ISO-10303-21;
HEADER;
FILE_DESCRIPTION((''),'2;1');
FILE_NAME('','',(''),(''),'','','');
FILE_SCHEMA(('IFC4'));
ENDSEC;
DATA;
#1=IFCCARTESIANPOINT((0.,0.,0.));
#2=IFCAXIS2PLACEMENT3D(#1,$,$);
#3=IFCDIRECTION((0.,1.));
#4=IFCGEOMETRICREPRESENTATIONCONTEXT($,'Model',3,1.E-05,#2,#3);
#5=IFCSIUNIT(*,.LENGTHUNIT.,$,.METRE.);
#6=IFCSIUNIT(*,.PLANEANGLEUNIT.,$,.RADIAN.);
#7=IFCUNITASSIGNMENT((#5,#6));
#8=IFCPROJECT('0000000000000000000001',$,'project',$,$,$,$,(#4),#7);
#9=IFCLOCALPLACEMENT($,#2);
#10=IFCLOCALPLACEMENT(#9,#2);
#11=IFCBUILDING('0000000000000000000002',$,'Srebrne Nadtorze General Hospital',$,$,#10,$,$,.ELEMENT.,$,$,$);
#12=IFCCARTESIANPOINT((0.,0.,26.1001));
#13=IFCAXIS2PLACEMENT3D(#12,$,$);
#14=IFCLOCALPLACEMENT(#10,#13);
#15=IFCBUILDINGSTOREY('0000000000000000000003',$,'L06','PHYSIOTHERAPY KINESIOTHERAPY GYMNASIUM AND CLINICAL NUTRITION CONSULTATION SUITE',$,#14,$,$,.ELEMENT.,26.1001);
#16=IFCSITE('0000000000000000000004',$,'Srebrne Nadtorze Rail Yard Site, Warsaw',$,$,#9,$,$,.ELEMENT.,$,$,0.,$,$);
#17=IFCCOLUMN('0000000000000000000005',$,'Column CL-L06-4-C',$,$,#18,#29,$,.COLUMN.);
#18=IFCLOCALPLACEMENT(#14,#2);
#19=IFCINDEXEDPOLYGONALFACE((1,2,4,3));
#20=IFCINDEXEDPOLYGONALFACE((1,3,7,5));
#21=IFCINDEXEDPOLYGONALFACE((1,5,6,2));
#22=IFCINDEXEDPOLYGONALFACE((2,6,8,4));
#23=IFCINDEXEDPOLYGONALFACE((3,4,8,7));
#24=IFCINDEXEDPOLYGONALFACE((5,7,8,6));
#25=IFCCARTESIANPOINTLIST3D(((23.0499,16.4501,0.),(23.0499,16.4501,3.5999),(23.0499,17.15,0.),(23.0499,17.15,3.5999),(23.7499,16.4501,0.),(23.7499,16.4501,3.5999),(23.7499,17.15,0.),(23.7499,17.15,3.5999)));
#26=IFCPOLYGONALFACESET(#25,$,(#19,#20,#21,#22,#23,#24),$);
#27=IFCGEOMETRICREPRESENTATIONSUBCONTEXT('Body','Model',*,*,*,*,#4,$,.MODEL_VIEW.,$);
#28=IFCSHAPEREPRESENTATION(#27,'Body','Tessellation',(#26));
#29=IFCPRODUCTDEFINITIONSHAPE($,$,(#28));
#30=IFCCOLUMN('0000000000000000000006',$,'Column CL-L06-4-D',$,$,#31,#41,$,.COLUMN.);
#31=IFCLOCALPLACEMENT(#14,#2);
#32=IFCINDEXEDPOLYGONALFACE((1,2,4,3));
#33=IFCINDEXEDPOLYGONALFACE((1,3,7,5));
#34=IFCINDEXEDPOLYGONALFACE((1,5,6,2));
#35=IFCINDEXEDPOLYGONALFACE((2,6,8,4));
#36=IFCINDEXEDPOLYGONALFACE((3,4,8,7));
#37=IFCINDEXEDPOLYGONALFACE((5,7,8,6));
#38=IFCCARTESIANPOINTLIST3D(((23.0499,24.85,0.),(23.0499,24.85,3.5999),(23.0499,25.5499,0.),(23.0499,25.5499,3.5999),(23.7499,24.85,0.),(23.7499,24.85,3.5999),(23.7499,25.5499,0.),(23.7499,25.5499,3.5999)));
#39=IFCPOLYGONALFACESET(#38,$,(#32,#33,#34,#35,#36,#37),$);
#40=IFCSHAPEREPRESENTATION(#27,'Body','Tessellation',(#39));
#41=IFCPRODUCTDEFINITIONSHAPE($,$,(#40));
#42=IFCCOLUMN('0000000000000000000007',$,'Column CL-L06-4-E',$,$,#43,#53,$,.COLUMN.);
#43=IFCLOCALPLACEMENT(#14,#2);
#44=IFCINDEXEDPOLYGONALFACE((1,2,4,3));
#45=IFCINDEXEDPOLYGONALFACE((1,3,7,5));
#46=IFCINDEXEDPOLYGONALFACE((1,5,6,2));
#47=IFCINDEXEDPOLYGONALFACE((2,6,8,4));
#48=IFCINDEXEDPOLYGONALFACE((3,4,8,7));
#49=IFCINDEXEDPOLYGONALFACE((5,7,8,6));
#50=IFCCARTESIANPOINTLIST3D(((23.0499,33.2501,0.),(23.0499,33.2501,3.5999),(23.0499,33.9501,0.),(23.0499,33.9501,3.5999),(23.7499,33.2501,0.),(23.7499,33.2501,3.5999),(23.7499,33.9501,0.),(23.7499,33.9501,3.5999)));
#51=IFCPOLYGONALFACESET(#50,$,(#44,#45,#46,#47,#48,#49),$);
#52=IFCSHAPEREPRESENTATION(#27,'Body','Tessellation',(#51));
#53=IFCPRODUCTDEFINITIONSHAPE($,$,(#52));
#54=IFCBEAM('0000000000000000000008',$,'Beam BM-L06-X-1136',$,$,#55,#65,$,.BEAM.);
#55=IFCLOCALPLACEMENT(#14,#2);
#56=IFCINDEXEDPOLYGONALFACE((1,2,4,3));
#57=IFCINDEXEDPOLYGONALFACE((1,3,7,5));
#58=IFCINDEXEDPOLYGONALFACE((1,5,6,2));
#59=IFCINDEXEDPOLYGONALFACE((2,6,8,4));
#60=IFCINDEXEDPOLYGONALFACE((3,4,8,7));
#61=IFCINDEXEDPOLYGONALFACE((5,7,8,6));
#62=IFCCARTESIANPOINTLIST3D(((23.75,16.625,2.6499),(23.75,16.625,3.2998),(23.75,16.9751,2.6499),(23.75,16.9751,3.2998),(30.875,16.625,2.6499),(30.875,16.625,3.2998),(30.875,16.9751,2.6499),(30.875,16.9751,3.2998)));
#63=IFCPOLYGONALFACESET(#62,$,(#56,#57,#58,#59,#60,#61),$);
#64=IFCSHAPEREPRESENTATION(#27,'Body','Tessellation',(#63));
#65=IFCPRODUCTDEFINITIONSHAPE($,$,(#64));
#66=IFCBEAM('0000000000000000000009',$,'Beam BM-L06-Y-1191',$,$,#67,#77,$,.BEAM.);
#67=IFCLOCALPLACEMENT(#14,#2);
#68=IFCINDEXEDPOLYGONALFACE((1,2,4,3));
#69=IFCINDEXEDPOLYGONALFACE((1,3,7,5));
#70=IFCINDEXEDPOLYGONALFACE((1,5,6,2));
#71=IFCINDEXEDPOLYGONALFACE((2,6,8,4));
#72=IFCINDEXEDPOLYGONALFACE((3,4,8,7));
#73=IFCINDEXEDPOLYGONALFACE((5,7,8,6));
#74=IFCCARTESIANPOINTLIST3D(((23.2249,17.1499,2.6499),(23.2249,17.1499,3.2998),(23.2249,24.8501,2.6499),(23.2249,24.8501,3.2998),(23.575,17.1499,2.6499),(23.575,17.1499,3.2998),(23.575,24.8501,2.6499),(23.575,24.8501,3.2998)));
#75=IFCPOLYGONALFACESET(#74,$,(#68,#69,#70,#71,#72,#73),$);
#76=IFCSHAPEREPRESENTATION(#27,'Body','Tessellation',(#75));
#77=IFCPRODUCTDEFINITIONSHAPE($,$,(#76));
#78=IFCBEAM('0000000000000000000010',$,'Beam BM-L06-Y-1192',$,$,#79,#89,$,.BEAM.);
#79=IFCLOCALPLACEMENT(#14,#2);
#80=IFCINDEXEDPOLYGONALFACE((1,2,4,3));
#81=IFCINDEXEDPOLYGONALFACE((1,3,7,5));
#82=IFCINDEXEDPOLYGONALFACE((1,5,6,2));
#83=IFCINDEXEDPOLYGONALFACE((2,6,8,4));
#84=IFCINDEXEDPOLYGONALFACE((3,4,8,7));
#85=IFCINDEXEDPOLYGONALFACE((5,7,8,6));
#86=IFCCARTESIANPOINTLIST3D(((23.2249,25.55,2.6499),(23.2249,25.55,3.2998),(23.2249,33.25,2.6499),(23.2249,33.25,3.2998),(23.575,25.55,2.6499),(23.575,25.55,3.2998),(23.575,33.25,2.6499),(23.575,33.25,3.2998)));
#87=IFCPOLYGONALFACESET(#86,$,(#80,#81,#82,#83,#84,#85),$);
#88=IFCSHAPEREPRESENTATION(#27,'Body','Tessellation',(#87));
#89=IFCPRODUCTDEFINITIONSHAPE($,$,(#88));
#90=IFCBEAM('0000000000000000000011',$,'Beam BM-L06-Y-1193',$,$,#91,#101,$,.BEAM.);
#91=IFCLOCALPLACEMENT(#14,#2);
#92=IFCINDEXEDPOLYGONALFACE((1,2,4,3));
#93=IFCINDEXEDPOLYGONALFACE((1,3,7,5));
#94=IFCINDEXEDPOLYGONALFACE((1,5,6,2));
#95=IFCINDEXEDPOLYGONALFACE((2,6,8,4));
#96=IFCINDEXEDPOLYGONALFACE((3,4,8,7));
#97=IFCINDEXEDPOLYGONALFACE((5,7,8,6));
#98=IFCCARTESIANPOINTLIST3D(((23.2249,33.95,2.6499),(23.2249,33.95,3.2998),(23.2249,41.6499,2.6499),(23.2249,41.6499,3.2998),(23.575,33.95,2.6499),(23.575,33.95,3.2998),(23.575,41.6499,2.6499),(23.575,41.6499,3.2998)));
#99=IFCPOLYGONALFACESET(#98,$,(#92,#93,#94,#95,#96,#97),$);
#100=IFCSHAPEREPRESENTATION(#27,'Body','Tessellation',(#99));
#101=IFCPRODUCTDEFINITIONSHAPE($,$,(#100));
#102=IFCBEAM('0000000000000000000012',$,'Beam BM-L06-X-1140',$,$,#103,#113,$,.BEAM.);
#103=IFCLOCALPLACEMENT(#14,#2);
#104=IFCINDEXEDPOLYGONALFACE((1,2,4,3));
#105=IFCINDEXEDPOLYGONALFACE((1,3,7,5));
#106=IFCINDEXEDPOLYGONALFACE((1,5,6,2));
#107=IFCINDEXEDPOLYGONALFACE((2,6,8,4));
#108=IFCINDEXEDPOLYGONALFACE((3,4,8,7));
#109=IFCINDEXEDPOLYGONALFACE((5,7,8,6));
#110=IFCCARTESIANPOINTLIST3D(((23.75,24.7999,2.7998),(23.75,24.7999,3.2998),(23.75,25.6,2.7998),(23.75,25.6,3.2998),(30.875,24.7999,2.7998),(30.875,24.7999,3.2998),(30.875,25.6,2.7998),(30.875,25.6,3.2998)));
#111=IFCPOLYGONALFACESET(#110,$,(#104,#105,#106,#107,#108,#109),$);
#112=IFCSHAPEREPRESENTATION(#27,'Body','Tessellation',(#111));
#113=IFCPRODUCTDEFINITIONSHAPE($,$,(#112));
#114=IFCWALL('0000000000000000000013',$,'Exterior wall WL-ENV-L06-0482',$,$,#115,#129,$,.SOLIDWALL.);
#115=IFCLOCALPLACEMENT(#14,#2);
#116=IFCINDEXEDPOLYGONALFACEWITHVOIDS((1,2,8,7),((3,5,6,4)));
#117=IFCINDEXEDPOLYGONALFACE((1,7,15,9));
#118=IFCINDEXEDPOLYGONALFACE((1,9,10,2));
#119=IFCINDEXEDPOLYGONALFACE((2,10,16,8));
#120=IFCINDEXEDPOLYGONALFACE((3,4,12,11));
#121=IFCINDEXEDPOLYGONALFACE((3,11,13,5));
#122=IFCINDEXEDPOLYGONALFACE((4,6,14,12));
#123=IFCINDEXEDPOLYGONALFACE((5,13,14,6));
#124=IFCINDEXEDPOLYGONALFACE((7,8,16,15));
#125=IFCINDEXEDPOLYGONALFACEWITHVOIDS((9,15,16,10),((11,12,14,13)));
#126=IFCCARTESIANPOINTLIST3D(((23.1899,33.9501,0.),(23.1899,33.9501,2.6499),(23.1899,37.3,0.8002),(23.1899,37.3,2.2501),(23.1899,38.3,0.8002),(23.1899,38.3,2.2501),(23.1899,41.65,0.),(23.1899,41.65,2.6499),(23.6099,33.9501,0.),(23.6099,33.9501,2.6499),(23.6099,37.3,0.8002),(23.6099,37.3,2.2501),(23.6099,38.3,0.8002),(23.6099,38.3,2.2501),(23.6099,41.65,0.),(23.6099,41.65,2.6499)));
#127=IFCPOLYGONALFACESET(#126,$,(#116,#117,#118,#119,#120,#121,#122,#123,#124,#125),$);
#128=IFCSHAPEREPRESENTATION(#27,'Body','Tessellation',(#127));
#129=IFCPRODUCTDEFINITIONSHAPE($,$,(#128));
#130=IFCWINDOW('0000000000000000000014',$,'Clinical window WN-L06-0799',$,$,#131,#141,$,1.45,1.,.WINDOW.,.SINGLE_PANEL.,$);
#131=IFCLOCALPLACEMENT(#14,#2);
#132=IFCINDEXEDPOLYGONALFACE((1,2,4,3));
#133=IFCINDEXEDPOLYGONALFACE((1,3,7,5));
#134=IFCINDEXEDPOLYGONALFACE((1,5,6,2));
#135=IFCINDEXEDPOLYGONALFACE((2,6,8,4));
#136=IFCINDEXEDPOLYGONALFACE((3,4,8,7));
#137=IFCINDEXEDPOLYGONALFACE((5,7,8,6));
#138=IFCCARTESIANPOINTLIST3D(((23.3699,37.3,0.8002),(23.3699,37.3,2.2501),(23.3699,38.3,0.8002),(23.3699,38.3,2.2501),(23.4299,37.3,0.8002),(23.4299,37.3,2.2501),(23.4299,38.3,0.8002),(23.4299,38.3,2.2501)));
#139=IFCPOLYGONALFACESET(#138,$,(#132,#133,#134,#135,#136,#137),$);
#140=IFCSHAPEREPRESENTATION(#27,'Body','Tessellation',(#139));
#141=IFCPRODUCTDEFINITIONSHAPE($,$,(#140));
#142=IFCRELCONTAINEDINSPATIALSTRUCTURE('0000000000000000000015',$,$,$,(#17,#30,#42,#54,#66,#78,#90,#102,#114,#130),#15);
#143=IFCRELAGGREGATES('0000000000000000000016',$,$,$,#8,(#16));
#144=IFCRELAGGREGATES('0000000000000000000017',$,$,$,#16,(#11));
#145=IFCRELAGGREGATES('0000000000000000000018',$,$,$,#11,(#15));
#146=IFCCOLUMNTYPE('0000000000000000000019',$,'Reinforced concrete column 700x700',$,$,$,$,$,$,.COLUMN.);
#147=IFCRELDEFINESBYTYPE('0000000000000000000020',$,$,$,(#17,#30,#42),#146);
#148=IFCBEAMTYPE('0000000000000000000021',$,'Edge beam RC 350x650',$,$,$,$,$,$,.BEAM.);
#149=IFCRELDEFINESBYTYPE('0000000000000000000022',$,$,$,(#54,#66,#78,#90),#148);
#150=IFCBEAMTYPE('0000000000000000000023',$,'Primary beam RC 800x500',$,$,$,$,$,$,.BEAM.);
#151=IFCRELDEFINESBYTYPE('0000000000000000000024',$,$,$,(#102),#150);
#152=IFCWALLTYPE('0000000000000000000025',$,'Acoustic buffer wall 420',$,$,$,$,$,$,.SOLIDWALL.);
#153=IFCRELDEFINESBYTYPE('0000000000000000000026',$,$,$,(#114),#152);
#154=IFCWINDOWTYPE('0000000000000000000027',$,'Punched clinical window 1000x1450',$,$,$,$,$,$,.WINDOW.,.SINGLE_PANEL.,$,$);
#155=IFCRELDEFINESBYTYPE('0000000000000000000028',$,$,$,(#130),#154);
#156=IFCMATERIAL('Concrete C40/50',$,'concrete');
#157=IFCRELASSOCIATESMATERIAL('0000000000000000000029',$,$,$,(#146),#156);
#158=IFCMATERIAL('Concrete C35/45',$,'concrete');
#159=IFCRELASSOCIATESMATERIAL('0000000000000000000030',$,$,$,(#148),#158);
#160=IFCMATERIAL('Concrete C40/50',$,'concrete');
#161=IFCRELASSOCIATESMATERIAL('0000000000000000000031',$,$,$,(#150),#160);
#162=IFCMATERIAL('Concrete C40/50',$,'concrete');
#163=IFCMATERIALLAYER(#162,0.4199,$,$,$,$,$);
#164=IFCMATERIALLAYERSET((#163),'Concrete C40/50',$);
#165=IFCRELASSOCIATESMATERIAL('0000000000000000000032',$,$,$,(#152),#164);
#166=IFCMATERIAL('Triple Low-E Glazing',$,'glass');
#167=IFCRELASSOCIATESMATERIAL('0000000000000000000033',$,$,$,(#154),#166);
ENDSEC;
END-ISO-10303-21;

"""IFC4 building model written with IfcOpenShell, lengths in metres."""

from ifc_helpers import new_model, si_unit, direction, frame, frame_2d, origin, origin_2d, place, context, subcontext, project, spatial, rectangle, extrude, material, layer, layer_set, material_profile, profile_set, type_object, element, fill, save


model = new_model("IFC4")

# Units and contexts
model_context = context("Model", 3, precision=1e-05, world=origin(), true_north=direction((0.0, 1.0)))
body_context = subcontext(model_context, "Body", "Model", "MODEL_VIEW")
ifc_project = project(units=[si_unit("LENGTHUNIT", "METRE"), si_unit("PLANEANGLEUNIT", "RADIAN")], contexts=[model_context])

# Site, building, storey
site_placement = place(None, origin())
site = spatial("IfcSite", under=ifc_project, at=site_placement, Name="Srebrne Nadtorze Rail Yard Site, Warsaw", CompositionType="ELEMENT", RefElevation=0.0)
building_placement = place(site_placement, origin())
building = spatial("IfcBuilding", under=site, at=building_placement, Name="Srebrne Nadtorze General Hospital", CompositionType="ELEMENT")
storey_placement = place(building_placement, frame((0.0, 0.0, 26.1001)))
storey = spatial("IfcBuildingStorey", under=building, at=storey_placement, Name="L06", Description="PHYSIOTHERAPY KINESIOTHERAPY GYMNASIUM AND CLINICAL NUTRITION CONSULTATION SUITE", CompositionType="ELEMENT", Elevation=26.1001)

# Columns
ifc_material_1 = material(Name="Concrete C40/50", Category="concrete")
ifc_material_profile_1 = material_profile(ifc_material_1, rectangle(XDim=0.7, YDim=0.7, at=origin_2d()), Name="RC-COL-700x700")
ifc_profile_set_1 = profile_set([ifc_material_profile_1], Name="Concrete C40/50")
column_type = type_object("IfcColumnType", Name="Reinforced concrete column 700x700", PredefinedType="COLUMN", material=ifc_profile_set_1)
for number, where, z_axis, x_axis, name in (
    (1, (23.3999, 16.8, 0.0), (0.0, 0.0, 1.0), (1.0, 0.0, 0.0), "Column CL-L06-4-C"),
    (2, (23.3999, 25.2, 0.0), (0.0, 0.0, 1.0), (1.0, 0.0, 0.0), "Column CL-L06-4-D"),
    (3, (23.3999, 33.6001, 0.0), (0.0, 0.0, 1.0), (1.0, 0.0, 0.0), "Column CL-L06-4-E"),
):
    element("IfcColumn", number, at=place(storey_placement, frame(where, z_axis=z_axis, x_axis=x_axis)), inside=storey, type_object=column_type, Name=name, PredefinedType="COLUMN", context=body_context, shape_type="SweptSolid", body=[
        extrude(rectangle(XDim=0.7, YDim=0.7, at=origin_2d()), origin(), (0.0, 0.0, 1.0), 3.5999),
    ])

# Beams
ifc_material_2 = material(Name="Concrete C35/45", Category="concrete")
ifc_material_profile_2 = material_profile(ifc_material_2, rectangle(XDim=0.3501, YDim=0.6499, at=origin_2d()), Name="RC-BM-350x650")
ifc_profile_set_2 = profile_set([ifc_material_profile_2], Name="Concrete C35/45")
beam_type_1 = type_object("IfcBeamType", Name="Edge beam RC 350x650", PredefinedType="BEAM", material=ifc_profile_set_2)
beam_1_placement = place(storey_placement, frame((23.75, 16.8, 2.9749), z_axis=(1.0, 0.0, 0.0), x_axis=(0.0, 1.0, 0.0)))
element("IfcBeam", 4, at=beam_1_placement, inside=storey, type_object=beam_type_1, Name="Beam BM-L06-X-1136", PredefinedType="BEAM", context=body_context, shape_type="SweptSolid", body=[
    extrude(rectangle(XDim=0.3501, YDim=0.6499, at=origin_2d()), origin(), (0.0, 0.0, 1.0), 7.125),
])
beam_2_placement = place(storey_placement, frame((23.3999, 17.1499, 2.9749), z_axis=(0.0, 1.0, 0.0), x_axis=(-1.0, 0.0, 0.0)))
element("IfcBeam", 5, at=beam_2_placement, inside=storey, type_object=beam_type_1, Name="Beam BM-L06-Y-1191", PredefinedType="BEAM", context=body_context, shape_type="SweptSolid", body=[
    extrude(rectangle(XDim=0.3501, YDim=0.6499, at=origin_2d()), origin(), (0.0, 0.0, 1.0), 7.7002),
])
for number, where, z_axis, x_axis, name in (
    (6, (23.3999, 25.55, 2.9749), (0.0, 1.0, 0.0), (-1.0, 0.0, 0.0), "Beam BM-L06-Y-1192"),
    (7, (23.3999, 33.95, 2.9749), (0.0, 1.0, 0.0), (-1.0, 0.0, 0.0), "Beam BM-L06-Y-1193"),
):
    element("IfcBeam", number, at=place(storey_placement, frame(where, z_axis=z_axis, x_axis=x_axis)), inside=storey, type_object=beam_type_1, Name=name, PredefinedType="BEAM", context=body_context, shape_type="SweptSolid", body=[
        extrude(rectangle(XDim=0.3501, YDim=0.6499, at=origin_2d()), origin(), (0.0, 0.0, 1.0), 7.7),
    ])
ifc_material_3 = material(Name="Concrete C40/50", Category="concrete")
ifc_material_profile_3 = material_profile(ifc_material_3, rectangle(XDim=0.8, YDim=0.5, at=origin_2d()), Name="RC-BM-800x500")
ifc_profile_set_3 = profile_set([ifc_material_profile_3], Name="Concrete C40/50")
beam_type_2 = type_object("IfcBeamType", Name="Primary beam RC 800x500", PredefinedType="BEAM", material=ifc_profile_set_3)
beam_3_placement = place(storey_placement, frame((23.75, 25.2, 3.0498), z_axis=(1.0, 0.0, 0.0), x_axis=(0.0, 1.0, 0.0)))
element("IfcBeam", 8, at=beam_3_placement, inside=storey, type_object=beam_type_2, Name="Beam BM-L06-X-1140", PredefinedType="BEAM", context=body_context, shape_type="SweptSolid", body=[
    extrude(rectangle(XDim=0.8, YDim=0.5, at=origin_2d()), origin(), (0.0, 0.0, 1.0), 7.125),
])

# Wall, opening, window
ifc_material_4 = material(Name="Concrete C40/50", Category="concrete")
ifc_layer_1 = layer(ifc_material_4, 0.4199)
ifc_layer_set_1 = layer_set([ifc_layer_1], Name="Concrete C40/50")
wall_type_1 = type_object("IfcWallType", Name="Acoustic buffer wall 420", PredefinedType="SOLIDWALL", material=ifc_layer_set_1)
wall_1_placement = place(storey_placement, frame((23.3999, 33.95, 0.0), z_axis=(0.0, 0.0, 1.0), x_axis=(0.0, 1.0, 0.0)))
wall_1 = element("IfcWall", 9, at=wall_1_placement, inside=storey, type_object=wall_type_1, Name="Exterior wall WL-ENV-L06-0482", PredefinedType="SOLIDWALL", context=body_context, shape_type="SweptSolid", body=[
    extrude(rectangle(XDim=7.7, YDim=0.4199, at=frame_2d((3.8501, 0.0))), origin(), (0.0, 0.0, 1.0), 2.6499),
])
opening_1_placement = place(wall_1_placement, frame((3.3501, 0.0, 0.8)))
opening_1 = element("IfcOpeningElement", 10, at=opening_1_placement, cuts=wall_1, PredefinedType="OPENING", context=body_context, shape_type="SweptSolid", body=[
    extrude(rectangle(XDim=1.0, YDim=1.45, at=frame_2d((0.5, 0.7251))), frame((0.0, 0.2219, 0.0), z_axis=(0.0, -1.0, 0.0), x_axis=(1.0, 0.0, 0.0)), (0.0, 0.0, 1.0), 0.4438),
])
ifc_material_5 = material(Name="Triple Low-E Glazing", Category="glass")
window_type_1 = type_object("IfcWindowType", Name="Punched clinical window 1000x1450", PartitioningType="SINGLE_PANEL", PredefinedType="WINDOW", material=ifc_material_5)
window_1_placement = place(opening_1_placement, origin())
window_1 = element("IfcWindow", 11, at=window_1_placement, inside=storey, type_object=window_type_1, Name="Clinical window WN-L06-0799", OverallHeight=1.45, OverallWidth=1.0, PartitioningType="SINGLE_PANEL", PredefinedType="WINDOW", context=body_context, shape_type="SweptSolid", body=[
    extrude(rectangle(XDim=1.0, YDim=1.45, at=frame_2d((0.5, 0.7251))), frame((0.0, 0.03, 0.0), z_axis=(0.0, -1.0, 0.0), x_axis=(1.0, 0.0, 0.0)), (0.0, 0.0, 1.0), 0.0601),
])
fill(opening_1, window_1)

save(model, "model.ifc")
